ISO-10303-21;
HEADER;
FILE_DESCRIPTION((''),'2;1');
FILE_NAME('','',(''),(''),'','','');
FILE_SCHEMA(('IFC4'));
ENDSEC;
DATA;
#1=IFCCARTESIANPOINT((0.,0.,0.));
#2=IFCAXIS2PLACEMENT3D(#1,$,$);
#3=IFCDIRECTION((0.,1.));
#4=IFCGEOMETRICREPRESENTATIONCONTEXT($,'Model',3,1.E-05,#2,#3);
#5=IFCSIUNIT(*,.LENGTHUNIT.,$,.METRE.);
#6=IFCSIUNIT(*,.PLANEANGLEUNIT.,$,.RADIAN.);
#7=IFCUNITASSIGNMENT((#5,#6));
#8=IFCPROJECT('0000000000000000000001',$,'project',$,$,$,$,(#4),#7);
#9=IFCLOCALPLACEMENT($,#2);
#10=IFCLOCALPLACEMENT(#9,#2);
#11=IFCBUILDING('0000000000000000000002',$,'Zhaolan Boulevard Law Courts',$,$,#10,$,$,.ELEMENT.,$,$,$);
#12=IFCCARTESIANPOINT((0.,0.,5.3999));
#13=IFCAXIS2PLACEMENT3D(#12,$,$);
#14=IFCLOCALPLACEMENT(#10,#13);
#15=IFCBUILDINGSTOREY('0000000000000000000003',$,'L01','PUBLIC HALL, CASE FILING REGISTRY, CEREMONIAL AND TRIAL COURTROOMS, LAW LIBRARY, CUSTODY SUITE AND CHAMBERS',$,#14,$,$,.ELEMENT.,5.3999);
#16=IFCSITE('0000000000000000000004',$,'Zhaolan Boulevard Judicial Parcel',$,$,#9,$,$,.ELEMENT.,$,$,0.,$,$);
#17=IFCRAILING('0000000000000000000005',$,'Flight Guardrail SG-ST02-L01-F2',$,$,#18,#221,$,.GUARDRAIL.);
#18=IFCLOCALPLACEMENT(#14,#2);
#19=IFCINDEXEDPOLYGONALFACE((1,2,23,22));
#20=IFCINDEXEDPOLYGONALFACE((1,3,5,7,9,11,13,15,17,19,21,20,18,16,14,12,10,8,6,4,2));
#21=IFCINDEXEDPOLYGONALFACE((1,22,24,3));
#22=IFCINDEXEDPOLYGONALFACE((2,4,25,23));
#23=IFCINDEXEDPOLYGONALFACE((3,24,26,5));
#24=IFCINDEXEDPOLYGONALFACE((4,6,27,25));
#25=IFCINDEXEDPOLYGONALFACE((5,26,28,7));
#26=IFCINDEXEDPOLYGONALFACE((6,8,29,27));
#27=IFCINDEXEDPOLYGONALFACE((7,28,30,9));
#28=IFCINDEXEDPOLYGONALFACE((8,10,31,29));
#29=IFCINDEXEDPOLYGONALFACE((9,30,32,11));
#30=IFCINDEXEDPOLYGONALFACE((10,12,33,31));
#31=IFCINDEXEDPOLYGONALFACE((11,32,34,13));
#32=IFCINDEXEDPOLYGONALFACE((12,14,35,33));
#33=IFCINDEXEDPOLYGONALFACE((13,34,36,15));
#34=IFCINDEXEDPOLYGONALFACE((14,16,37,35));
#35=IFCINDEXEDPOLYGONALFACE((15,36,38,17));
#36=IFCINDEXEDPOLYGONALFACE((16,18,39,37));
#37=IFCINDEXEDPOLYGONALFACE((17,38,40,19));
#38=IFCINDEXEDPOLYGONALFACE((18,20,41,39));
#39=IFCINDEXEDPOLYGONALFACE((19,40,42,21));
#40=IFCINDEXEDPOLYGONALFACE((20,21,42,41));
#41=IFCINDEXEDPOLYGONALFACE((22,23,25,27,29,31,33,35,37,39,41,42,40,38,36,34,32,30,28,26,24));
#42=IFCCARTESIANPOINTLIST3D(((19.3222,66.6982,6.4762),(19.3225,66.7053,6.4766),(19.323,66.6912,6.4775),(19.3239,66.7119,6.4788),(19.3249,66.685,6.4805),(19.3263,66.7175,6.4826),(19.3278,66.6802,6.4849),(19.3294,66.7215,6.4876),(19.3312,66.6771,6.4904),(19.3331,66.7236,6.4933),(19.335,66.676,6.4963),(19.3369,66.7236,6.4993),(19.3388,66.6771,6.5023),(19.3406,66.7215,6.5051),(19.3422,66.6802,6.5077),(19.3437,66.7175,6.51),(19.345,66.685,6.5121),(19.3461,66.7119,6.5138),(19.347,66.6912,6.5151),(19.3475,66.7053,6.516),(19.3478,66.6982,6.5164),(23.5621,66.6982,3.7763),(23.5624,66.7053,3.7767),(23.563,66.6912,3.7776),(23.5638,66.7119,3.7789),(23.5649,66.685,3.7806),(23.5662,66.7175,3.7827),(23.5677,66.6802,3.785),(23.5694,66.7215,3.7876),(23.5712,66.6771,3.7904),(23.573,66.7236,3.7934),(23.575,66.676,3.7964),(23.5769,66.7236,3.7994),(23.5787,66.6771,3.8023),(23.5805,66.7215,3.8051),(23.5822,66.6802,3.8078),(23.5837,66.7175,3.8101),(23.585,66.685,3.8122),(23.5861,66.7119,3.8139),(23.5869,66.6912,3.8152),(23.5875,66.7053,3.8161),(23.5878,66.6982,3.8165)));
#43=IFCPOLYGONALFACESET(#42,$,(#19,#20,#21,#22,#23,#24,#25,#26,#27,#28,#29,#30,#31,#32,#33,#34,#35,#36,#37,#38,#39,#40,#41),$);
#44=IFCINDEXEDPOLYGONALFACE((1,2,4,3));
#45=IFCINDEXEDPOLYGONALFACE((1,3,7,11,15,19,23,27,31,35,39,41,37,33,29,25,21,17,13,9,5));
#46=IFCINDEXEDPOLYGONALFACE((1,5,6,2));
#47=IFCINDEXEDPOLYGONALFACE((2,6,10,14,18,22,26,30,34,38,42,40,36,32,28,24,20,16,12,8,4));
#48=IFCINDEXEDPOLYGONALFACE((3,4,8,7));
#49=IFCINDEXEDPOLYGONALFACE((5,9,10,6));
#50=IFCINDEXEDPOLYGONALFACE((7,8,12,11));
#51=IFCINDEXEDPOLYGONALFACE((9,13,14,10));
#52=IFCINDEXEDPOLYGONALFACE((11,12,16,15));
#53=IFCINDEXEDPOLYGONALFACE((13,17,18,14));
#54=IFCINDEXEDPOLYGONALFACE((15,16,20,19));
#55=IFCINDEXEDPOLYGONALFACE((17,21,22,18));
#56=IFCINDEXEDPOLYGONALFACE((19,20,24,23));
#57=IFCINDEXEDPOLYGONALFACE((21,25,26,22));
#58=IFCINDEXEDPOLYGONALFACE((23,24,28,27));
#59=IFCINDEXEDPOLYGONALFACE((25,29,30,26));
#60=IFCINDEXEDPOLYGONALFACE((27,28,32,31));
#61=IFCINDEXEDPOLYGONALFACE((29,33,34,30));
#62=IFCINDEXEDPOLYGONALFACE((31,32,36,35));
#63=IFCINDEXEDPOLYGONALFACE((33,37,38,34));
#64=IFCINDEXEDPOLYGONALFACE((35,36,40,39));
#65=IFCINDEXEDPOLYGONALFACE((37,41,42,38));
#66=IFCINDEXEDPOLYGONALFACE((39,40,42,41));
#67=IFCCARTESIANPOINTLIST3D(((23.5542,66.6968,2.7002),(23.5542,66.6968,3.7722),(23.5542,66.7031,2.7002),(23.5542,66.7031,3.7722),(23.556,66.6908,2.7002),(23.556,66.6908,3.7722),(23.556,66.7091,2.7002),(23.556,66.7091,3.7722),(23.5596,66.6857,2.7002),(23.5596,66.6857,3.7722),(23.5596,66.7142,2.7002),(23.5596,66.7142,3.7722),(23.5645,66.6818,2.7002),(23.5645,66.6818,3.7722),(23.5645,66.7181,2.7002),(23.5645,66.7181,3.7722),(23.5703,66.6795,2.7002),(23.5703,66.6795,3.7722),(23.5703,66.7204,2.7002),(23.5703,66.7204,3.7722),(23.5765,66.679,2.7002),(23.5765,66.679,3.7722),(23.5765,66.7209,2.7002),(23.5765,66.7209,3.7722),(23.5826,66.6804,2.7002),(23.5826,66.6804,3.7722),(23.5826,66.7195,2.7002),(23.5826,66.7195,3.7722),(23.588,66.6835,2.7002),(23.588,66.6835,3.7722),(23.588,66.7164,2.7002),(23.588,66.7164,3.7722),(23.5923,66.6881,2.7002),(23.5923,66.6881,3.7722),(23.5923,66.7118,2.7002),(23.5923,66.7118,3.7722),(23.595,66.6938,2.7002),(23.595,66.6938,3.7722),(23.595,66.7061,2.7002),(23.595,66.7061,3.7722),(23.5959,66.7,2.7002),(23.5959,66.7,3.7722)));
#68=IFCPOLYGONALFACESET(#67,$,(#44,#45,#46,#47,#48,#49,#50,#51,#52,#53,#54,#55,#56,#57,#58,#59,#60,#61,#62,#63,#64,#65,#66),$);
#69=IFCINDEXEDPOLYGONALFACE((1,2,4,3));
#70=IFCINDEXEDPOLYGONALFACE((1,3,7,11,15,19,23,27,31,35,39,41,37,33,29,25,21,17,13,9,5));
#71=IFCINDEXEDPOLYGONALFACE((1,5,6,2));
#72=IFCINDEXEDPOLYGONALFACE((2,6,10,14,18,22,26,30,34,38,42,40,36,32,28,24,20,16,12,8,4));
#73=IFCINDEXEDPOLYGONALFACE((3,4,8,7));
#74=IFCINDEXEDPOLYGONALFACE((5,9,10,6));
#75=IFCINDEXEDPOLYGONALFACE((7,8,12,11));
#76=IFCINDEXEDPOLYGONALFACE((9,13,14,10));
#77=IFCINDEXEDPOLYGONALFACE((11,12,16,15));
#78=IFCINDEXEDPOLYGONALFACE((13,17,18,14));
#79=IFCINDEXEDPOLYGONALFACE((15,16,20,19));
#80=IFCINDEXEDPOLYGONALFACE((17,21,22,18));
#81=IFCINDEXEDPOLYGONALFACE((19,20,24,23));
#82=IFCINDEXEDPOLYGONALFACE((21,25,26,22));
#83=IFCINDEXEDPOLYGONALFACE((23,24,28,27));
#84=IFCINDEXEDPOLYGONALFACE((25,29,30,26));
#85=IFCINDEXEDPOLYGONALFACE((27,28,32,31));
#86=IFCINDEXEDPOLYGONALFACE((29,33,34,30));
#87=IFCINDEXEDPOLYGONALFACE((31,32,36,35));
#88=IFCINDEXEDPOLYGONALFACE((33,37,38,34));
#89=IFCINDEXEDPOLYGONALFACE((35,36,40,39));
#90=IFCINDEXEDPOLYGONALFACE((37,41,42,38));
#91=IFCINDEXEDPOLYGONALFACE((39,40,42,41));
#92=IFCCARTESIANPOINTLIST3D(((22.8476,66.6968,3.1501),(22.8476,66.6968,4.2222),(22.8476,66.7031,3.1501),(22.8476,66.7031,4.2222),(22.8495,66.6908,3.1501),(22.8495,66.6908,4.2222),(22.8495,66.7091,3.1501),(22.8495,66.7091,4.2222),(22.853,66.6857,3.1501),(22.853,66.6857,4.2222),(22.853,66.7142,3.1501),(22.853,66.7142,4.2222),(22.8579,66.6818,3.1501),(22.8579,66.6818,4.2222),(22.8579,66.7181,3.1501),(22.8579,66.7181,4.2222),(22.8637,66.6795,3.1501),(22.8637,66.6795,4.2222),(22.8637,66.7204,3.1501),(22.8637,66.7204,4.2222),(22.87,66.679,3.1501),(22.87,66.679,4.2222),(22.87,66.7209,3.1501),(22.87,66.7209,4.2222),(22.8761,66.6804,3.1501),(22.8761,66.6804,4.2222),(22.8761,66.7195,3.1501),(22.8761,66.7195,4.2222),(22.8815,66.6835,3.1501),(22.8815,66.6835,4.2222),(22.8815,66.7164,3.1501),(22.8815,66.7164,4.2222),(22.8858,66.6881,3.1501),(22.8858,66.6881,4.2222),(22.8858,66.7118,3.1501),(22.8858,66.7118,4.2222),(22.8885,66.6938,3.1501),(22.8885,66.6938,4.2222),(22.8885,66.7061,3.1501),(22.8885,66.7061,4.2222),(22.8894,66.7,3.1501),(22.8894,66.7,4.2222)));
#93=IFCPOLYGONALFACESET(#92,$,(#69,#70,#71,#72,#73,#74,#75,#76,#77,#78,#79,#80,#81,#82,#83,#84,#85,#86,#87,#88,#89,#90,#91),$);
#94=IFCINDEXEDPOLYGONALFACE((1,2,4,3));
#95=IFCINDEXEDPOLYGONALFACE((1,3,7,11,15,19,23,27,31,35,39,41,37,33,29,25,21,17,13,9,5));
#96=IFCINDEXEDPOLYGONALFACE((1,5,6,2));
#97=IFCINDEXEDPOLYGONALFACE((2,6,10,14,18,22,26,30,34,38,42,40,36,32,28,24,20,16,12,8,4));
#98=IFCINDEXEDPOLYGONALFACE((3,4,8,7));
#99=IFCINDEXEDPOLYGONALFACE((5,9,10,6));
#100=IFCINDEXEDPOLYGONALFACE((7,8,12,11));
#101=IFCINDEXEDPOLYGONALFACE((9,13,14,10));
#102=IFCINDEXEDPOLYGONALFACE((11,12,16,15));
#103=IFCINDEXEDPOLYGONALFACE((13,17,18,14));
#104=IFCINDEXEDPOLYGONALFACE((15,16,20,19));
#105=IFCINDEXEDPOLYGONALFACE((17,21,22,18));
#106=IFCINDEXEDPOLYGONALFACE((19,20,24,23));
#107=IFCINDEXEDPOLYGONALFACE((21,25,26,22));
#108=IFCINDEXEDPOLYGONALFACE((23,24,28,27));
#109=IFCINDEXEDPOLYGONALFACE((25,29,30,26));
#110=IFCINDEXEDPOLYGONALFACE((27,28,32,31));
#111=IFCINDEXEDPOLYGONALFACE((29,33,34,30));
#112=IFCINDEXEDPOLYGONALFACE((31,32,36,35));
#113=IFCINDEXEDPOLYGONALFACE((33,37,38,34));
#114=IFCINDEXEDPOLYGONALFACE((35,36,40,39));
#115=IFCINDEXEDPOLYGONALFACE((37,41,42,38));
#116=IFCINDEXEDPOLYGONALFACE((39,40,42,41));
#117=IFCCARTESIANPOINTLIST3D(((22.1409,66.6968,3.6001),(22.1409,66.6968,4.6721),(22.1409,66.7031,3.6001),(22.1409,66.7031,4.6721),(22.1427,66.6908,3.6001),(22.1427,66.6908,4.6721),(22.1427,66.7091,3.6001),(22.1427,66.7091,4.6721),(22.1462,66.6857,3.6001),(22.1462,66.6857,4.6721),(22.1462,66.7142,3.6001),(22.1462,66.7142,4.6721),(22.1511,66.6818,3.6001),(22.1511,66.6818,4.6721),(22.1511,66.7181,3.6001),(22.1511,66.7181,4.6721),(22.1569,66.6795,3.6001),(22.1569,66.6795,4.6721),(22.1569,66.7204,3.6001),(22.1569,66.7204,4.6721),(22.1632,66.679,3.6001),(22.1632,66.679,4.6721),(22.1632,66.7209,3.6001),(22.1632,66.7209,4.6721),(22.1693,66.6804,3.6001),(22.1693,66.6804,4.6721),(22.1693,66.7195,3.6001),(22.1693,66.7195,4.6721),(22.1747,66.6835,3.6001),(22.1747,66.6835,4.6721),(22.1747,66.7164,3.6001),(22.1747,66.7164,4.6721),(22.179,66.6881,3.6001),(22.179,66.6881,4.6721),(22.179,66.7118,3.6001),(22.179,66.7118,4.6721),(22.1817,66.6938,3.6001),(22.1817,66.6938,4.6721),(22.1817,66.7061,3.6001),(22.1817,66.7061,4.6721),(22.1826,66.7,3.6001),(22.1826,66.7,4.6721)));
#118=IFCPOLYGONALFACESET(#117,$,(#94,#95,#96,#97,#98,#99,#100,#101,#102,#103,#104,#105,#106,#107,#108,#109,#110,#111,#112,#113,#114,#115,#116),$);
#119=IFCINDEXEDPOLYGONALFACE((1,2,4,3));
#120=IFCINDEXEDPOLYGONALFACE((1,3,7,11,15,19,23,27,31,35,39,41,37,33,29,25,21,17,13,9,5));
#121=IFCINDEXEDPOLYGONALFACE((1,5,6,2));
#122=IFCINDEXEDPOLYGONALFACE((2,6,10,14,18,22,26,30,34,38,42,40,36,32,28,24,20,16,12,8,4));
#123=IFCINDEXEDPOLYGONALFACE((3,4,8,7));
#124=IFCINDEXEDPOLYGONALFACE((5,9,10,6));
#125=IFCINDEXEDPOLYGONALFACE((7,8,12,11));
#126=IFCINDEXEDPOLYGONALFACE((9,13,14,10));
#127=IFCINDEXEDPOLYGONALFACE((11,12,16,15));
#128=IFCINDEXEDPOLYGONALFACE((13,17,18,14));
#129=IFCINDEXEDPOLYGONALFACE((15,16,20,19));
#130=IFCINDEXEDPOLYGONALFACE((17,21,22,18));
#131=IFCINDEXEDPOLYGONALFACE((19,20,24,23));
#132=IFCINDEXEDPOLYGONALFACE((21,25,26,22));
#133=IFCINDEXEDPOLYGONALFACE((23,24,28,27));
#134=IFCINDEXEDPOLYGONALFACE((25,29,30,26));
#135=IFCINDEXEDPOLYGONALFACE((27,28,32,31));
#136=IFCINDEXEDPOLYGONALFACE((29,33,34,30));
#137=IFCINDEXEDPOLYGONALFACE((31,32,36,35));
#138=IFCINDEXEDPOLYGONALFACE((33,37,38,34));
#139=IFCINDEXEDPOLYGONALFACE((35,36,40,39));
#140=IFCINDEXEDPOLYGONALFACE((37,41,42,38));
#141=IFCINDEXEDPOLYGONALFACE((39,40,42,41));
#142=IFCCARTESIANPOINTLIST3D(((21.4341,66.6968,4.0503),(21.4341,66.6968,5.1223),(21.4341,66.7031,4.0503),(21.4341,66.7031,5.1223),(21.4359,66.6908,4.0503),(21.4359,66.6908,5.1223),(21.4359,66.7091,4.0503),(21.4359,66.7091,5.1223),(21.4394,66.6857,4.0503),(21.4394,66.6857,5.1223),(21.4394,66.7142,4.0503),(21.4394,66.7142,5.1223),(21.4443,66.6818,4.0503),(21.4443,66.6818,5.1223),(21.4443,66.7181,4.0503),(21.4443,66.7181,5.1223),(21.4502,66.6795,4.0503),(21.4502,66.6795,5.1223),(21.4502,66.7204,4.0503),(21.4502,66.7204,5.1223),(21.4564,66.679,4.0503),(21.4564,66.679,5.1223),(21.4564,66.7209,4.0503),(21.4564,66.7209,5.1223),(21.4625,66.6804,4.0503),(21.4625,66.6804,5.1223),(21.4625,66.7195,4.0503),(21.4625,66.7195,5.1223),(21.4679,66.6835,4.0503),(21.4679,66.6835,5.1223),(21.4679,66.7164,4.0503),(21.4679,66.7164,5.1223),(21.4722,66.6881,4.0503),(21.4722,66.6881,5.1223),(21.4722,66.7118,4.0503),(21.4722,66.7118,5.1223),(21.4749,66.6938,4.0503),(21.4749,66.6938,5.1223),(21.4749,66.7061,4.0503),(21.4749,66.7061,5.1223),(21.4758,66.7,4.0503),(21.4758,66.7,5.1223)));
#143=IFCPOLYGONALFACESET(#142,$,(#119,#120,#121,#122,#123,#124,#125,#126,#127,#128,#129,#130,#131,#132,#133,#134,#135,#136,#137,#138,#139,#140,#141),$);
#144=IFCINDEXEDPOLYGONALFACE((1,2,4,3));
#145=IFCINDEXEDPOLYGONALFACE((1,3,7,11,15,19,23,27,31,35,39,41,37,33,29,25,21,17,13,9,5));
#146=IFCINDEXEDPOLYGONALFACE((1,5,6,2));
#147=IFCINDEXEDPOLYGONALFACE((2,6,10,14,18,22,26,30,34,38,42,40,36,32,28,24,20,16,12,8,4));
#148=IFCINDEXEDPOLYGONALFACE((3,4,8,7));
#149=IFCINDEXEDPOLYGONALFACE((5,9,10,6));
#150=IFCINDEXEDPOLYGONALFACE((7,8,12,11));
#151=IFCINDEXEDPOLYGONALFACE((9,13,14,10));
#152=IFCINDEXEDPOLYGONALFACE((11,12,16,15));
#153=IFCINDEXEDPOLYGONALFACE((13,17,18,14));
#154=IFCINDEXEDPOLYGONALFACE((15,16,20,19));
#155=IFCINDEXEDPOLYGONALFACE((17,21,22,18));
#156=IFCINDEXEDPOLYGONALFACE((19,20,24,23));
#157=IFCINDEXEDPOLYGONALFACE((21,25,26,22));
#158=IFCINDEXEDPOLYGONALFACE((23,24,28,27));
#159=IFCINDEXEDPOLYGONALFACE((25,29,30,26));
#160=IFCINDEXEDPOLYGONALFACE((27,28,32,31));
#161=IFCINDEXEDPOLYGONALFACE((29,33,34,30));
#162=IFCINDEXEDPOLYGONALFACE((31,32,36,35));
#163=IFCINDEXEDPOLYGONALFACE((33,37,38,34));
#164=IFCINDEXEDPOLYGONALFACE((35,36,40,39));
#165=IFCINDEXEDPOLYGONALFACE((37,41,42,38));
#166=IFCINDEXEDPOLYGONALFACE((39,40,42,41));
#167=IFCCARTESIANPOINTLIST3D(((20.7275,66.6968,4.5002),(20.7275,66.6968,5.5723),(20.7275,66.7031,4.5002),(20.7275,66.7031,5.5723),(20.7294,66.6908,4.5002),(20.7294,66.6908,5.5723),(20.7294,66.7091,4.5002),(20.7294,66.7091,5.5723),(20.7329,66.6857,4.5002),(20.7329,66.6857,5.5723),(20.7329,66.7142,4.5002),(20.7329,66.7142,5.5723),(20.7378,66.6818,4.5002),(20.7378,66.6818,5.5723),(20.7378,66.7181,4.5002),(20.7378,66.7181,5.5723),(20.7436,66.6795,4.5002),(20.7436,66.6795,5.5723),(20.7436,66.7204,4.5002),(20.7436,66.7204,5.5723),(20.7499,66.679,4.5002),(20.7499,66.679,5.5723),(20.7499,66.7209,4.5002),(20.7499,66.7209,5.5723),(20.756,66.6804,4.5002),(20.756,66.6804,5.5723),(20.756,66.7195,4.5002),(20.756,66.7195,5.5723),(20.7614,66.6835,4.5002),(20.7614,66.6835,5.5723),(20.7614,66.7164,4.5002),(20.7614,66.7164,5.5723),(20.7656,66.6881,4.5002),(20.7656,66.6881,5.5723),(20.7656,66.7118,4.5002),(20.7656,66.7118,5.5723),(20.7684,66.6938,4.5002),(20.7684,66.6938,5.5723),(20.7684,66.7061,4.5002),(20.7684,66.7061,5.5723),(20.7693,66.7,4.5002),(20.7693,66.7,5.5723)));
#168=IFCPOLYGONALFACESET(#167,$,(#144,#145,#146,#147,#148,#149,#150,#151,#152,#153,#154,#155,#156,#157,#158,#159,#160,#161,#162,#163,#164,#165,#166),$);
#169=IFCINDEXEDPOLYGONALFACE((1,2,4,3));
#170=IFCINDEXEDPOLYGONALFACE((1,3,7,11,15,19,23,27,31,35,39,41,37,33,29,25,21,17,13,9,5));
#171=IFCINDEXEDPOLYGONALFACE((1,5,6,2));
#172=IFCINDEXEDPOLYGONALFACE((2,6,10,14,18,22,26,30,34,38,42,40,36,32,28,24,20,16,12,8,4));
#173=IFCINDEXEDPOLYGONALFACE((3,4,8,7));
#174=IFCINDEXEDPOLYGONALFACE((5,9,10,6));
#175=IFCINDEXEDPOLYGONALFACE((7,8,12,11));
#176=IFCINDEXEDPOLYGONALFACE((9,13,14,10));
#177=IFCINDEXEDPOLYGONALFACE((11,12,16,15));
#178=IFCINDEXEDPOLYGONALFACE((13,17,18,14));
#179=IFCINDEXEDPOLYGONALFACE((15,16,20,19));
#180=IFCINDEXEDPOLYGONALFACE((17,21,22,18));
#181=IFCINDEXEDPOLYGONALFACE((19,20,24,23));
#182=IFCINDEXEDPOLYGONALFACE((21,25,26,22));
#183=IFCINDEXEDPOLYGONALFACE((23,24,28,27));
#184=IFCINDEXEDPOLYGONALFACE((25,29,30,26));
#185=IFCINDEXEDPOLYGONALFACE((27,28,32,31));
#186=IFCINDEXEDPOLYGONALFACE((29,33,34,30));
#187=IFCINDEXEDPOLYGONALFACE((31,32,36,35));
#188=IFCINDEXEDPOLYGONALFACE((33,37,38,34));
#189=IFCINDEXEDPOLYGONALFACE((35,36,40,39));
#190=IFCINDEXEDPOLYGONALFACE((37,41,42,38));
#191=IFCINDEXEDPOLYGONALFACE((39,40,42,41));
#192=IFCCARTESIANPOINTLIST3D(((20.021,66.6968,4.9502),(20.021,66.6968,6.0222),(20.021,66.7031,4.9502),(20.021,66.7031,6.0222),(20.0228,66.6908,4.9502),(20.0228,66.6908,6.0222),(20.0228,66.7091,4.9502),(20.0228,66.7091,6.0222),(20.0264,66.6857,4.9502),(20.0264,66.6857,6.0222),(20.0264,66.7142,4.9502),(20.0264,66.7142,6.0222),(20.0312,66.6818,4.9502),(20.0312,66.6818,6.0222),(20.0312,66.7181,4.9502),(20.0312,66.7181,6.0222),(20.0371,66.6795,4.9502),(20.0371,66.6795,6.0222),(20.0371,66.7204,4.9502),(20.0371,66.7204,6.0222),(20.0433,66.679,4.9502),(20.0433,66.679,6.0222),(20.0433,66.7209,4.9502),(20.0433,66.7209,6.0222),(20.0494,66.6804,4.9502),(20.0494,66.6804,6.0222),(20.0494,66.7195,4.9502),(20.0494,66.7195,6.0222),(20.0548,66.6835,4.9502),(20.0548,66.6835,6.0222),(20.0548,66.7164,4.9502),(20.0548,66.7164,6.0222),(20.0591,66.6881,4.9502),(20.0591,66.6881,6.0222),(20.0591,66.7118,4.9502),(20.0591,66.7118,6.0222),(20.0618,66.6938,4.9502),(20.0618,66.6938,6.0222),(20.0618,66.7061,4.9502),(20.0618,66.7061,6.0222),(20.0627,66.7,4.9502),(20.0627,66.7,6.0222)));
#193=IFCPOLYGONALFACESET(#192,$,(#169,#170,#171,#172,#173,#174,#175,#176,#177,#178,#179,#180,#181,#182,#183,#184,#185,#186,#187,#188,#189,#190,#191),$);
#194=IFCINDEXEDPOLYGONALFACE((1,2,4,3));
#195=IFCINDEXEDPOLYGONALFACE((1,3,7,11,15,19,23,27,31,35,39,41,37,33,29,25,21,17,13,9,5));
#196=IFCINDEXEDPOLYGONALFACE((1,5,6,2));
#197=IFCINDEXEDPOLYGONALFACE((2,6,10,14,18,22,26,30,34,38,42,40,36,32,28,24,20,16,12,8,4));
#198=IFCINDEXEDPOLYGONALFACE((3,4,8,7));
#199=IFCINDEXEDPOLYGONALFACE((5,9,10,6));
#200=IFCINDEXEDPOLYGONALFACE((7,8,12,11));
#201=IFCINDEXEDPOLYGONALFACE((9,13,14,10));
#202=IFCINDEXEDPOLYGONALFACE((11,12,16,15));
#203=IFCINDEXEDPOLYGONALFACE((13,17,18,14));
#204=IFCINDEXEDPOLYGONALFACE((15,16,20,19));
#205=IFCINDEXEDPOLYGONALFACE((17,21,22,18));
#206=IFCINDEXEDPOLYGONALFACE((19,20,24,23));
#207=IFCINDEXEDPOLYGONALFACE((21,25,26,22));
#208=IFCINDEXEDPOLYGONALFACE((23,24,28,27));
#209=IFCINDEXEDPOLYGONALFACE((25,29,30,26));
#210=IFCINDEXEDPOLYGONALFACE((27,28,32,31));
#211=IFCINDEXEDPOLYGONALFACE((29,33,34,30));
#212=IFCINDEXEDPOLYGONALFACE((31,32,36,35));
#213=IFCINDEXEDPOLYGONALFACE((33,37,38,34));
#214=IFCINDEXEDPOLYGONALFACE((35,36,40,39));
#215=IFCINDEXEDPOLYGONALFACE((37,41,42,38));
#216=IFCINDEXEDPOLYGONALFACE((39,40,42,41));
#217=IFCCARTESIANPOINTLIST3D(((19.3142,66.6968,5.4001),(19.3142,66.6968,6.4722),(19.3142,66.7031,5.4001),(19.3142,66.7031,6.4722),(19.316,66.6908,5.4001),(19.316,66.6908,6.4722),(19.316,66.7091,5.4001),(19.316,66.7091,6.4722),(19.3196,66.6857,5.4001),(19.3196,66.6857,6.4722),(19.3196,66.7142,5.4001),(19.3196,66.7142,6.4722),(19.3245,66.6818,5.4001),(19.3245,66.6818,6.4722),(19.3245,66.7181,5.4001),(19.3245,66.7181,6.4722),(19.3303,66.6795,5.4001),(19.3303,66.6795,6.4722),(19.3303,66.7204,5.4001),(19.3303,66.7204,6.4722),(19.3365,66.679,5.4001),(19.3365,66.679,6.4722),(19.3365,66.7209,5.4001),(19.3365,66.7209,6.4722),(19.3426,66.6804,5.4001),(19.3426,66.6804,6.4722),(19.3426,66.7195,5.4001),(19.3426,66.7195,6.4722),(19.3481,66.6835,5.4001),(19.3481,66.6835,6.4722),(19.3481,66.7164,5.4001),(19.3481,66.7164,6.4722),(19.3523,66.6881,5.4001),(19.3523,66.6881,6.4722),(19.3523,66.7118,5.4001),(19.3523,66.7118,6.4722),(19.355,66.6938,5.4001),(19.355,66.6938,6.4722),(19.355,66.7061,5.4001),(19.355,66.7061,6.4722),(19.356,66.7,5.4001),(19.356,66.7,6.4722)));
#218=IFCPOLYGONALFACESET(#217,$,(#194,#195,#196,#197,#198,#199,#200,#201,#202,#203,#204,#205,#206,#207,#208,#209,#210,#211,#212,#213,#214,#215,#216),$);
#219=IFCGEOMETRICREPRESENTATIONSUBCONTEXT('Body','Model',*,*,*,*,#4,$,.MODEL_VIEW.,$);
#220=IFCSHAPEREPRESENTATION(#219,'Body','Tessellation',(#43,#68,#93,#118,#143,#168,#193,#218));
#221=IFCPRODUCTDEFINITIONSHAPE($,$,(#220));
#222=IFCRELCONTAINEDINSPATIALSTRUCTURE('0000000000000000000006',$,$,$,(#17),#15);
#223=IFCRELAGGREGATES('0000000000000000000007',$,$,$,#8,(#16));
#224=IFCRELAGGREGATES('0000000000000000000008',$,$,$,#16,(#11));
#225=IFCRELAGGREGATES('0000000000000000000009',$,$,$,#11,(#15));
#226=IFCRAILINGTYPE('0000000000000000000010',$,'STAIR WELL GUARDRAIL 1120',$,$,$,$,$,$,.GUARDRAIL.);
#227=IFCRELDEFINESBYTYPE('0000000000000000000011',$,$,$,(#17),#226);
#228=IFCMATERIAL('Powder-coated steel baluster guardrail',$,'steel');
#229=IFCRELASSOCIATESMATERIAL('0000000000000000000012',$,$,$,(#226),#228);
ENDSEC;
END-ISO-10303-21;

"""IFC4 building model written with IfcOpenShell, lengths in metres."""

from ifc_helpers import new_model, si_unit, direction, frame, origin, origin_2d, place, context, subcontext, project, spatial, circle, extrude, material, type_object, element, save


model = new_model("IFC4")

# Units and contexts
model_context = context("Model", 3, precision=1e-05, world=origin(), true_north=direction((0.0, 1.0)))
body_context = subcontext(model_context, "Body", "Model", "MODEL_VIEW")
ifc_project = project(units=[si_unit("LENGTHUNIT", "METRE"), si_unit("PLANEANGLEUNIT", "RADIAN")], contexts=[model_context])

# Site, building, storey
site_placement = place(None, origin())
site = spatial("IfcSite", under=ifc_project, at=site_placement, Name="Zhaolan Boulevard Judicial Parcel", CompositionType="ELEMENT", RefElevation=0.0)
building_placement = place(site_placement, origin())
building = spatial("IfcBuilding", under=site, at=building_placement, Name="Zhaolan Boulevard Law Courts", CompositionType="ELEMENT")
storey_placement = place(building_placement, frame((0.0, 0.0, 5.3999)))
storey = spatial("IfcBuildingStorey", under=building, at=storey_placement, Name="L01", Description="PUBLIC HALL, CASE FILING REGISTRY, CEREMONIAL AND TRIAL COURTROOMS, LAW LIBRARY, CUSTODY SUITE AND CHAMBERS", CompositionType="ELEMENT", Elevation=5.3999)

# Railing
ifc_material_1 = material(Name="Powder-coated steel baluster guardrail", Category="steel")
railing_type_1 = type_object("IfcRailingType", Name="STAIR WELL GUARDRAIL 1120", PredefinedType="GUARDRAIL", material=ifc_material_1)
railing_1_placement = place(storey_placement, frame((23.575, 66.7, 2.7002)))
element("IfcRailing", 1, at=railing_1_placement, inside=storey, type_object=railing_type_1, Name="Flight Guardrail SG-ST02-L01-F2", PredefinedType="GUARDRAIL", context=body_context, shape_type="SweptSolid", body=[
    extrude(circle(Radius=0.0239, at=origin_2d()), frame((0.0, 0.0, 1.0962), z_axis=(-0.843501, 0.0, 0.537127), x_axis=(0.0, -1.0, 0.0)), (0.0, 0.0, 1.0), 5.0266),
    extrude(circle(Radius=0.021, at=origin_2d()), origin(), (0.0, 0.0, 1.0), 1.072),
    extrude(circle(Radius=0.021, at=origin_2d()), frame((-0.7065, 0.0, 0.45)), (0.0, 0.0, 1.0), 1.072),
    extrude(circle(Radius=0.021, at=origin_2d()), frame((-1.4133, 0.0, 0.8999)), (0.0, 0.0, 1.0), 1.072),
    extrude(circle(Radius=0.021, at=origin_2d()), frame((-2.1201, 0.0, 1.3501)), (0.0, 0.0, 1.0), 1.072),
    extrude(circle(Radius=0.021, at=origin_2d()), frame((-2.8267, 0.0, 1.8)), (0.0, 0.0, 1.0), 1.072),
    extrude(circle(Radius=0.021, at=origin_2d()), frame((-3.5332, 0.0, 2.25)), (0.0, 0.0, 1.0), 1.072),
    extrude(circle(Radius=0.021, at=origin_2d()), frame((-4.24, 0.0, 2.7)), (0.0, 0.0, 1.0), 1.072),
])

save(model, "model.ifc")
